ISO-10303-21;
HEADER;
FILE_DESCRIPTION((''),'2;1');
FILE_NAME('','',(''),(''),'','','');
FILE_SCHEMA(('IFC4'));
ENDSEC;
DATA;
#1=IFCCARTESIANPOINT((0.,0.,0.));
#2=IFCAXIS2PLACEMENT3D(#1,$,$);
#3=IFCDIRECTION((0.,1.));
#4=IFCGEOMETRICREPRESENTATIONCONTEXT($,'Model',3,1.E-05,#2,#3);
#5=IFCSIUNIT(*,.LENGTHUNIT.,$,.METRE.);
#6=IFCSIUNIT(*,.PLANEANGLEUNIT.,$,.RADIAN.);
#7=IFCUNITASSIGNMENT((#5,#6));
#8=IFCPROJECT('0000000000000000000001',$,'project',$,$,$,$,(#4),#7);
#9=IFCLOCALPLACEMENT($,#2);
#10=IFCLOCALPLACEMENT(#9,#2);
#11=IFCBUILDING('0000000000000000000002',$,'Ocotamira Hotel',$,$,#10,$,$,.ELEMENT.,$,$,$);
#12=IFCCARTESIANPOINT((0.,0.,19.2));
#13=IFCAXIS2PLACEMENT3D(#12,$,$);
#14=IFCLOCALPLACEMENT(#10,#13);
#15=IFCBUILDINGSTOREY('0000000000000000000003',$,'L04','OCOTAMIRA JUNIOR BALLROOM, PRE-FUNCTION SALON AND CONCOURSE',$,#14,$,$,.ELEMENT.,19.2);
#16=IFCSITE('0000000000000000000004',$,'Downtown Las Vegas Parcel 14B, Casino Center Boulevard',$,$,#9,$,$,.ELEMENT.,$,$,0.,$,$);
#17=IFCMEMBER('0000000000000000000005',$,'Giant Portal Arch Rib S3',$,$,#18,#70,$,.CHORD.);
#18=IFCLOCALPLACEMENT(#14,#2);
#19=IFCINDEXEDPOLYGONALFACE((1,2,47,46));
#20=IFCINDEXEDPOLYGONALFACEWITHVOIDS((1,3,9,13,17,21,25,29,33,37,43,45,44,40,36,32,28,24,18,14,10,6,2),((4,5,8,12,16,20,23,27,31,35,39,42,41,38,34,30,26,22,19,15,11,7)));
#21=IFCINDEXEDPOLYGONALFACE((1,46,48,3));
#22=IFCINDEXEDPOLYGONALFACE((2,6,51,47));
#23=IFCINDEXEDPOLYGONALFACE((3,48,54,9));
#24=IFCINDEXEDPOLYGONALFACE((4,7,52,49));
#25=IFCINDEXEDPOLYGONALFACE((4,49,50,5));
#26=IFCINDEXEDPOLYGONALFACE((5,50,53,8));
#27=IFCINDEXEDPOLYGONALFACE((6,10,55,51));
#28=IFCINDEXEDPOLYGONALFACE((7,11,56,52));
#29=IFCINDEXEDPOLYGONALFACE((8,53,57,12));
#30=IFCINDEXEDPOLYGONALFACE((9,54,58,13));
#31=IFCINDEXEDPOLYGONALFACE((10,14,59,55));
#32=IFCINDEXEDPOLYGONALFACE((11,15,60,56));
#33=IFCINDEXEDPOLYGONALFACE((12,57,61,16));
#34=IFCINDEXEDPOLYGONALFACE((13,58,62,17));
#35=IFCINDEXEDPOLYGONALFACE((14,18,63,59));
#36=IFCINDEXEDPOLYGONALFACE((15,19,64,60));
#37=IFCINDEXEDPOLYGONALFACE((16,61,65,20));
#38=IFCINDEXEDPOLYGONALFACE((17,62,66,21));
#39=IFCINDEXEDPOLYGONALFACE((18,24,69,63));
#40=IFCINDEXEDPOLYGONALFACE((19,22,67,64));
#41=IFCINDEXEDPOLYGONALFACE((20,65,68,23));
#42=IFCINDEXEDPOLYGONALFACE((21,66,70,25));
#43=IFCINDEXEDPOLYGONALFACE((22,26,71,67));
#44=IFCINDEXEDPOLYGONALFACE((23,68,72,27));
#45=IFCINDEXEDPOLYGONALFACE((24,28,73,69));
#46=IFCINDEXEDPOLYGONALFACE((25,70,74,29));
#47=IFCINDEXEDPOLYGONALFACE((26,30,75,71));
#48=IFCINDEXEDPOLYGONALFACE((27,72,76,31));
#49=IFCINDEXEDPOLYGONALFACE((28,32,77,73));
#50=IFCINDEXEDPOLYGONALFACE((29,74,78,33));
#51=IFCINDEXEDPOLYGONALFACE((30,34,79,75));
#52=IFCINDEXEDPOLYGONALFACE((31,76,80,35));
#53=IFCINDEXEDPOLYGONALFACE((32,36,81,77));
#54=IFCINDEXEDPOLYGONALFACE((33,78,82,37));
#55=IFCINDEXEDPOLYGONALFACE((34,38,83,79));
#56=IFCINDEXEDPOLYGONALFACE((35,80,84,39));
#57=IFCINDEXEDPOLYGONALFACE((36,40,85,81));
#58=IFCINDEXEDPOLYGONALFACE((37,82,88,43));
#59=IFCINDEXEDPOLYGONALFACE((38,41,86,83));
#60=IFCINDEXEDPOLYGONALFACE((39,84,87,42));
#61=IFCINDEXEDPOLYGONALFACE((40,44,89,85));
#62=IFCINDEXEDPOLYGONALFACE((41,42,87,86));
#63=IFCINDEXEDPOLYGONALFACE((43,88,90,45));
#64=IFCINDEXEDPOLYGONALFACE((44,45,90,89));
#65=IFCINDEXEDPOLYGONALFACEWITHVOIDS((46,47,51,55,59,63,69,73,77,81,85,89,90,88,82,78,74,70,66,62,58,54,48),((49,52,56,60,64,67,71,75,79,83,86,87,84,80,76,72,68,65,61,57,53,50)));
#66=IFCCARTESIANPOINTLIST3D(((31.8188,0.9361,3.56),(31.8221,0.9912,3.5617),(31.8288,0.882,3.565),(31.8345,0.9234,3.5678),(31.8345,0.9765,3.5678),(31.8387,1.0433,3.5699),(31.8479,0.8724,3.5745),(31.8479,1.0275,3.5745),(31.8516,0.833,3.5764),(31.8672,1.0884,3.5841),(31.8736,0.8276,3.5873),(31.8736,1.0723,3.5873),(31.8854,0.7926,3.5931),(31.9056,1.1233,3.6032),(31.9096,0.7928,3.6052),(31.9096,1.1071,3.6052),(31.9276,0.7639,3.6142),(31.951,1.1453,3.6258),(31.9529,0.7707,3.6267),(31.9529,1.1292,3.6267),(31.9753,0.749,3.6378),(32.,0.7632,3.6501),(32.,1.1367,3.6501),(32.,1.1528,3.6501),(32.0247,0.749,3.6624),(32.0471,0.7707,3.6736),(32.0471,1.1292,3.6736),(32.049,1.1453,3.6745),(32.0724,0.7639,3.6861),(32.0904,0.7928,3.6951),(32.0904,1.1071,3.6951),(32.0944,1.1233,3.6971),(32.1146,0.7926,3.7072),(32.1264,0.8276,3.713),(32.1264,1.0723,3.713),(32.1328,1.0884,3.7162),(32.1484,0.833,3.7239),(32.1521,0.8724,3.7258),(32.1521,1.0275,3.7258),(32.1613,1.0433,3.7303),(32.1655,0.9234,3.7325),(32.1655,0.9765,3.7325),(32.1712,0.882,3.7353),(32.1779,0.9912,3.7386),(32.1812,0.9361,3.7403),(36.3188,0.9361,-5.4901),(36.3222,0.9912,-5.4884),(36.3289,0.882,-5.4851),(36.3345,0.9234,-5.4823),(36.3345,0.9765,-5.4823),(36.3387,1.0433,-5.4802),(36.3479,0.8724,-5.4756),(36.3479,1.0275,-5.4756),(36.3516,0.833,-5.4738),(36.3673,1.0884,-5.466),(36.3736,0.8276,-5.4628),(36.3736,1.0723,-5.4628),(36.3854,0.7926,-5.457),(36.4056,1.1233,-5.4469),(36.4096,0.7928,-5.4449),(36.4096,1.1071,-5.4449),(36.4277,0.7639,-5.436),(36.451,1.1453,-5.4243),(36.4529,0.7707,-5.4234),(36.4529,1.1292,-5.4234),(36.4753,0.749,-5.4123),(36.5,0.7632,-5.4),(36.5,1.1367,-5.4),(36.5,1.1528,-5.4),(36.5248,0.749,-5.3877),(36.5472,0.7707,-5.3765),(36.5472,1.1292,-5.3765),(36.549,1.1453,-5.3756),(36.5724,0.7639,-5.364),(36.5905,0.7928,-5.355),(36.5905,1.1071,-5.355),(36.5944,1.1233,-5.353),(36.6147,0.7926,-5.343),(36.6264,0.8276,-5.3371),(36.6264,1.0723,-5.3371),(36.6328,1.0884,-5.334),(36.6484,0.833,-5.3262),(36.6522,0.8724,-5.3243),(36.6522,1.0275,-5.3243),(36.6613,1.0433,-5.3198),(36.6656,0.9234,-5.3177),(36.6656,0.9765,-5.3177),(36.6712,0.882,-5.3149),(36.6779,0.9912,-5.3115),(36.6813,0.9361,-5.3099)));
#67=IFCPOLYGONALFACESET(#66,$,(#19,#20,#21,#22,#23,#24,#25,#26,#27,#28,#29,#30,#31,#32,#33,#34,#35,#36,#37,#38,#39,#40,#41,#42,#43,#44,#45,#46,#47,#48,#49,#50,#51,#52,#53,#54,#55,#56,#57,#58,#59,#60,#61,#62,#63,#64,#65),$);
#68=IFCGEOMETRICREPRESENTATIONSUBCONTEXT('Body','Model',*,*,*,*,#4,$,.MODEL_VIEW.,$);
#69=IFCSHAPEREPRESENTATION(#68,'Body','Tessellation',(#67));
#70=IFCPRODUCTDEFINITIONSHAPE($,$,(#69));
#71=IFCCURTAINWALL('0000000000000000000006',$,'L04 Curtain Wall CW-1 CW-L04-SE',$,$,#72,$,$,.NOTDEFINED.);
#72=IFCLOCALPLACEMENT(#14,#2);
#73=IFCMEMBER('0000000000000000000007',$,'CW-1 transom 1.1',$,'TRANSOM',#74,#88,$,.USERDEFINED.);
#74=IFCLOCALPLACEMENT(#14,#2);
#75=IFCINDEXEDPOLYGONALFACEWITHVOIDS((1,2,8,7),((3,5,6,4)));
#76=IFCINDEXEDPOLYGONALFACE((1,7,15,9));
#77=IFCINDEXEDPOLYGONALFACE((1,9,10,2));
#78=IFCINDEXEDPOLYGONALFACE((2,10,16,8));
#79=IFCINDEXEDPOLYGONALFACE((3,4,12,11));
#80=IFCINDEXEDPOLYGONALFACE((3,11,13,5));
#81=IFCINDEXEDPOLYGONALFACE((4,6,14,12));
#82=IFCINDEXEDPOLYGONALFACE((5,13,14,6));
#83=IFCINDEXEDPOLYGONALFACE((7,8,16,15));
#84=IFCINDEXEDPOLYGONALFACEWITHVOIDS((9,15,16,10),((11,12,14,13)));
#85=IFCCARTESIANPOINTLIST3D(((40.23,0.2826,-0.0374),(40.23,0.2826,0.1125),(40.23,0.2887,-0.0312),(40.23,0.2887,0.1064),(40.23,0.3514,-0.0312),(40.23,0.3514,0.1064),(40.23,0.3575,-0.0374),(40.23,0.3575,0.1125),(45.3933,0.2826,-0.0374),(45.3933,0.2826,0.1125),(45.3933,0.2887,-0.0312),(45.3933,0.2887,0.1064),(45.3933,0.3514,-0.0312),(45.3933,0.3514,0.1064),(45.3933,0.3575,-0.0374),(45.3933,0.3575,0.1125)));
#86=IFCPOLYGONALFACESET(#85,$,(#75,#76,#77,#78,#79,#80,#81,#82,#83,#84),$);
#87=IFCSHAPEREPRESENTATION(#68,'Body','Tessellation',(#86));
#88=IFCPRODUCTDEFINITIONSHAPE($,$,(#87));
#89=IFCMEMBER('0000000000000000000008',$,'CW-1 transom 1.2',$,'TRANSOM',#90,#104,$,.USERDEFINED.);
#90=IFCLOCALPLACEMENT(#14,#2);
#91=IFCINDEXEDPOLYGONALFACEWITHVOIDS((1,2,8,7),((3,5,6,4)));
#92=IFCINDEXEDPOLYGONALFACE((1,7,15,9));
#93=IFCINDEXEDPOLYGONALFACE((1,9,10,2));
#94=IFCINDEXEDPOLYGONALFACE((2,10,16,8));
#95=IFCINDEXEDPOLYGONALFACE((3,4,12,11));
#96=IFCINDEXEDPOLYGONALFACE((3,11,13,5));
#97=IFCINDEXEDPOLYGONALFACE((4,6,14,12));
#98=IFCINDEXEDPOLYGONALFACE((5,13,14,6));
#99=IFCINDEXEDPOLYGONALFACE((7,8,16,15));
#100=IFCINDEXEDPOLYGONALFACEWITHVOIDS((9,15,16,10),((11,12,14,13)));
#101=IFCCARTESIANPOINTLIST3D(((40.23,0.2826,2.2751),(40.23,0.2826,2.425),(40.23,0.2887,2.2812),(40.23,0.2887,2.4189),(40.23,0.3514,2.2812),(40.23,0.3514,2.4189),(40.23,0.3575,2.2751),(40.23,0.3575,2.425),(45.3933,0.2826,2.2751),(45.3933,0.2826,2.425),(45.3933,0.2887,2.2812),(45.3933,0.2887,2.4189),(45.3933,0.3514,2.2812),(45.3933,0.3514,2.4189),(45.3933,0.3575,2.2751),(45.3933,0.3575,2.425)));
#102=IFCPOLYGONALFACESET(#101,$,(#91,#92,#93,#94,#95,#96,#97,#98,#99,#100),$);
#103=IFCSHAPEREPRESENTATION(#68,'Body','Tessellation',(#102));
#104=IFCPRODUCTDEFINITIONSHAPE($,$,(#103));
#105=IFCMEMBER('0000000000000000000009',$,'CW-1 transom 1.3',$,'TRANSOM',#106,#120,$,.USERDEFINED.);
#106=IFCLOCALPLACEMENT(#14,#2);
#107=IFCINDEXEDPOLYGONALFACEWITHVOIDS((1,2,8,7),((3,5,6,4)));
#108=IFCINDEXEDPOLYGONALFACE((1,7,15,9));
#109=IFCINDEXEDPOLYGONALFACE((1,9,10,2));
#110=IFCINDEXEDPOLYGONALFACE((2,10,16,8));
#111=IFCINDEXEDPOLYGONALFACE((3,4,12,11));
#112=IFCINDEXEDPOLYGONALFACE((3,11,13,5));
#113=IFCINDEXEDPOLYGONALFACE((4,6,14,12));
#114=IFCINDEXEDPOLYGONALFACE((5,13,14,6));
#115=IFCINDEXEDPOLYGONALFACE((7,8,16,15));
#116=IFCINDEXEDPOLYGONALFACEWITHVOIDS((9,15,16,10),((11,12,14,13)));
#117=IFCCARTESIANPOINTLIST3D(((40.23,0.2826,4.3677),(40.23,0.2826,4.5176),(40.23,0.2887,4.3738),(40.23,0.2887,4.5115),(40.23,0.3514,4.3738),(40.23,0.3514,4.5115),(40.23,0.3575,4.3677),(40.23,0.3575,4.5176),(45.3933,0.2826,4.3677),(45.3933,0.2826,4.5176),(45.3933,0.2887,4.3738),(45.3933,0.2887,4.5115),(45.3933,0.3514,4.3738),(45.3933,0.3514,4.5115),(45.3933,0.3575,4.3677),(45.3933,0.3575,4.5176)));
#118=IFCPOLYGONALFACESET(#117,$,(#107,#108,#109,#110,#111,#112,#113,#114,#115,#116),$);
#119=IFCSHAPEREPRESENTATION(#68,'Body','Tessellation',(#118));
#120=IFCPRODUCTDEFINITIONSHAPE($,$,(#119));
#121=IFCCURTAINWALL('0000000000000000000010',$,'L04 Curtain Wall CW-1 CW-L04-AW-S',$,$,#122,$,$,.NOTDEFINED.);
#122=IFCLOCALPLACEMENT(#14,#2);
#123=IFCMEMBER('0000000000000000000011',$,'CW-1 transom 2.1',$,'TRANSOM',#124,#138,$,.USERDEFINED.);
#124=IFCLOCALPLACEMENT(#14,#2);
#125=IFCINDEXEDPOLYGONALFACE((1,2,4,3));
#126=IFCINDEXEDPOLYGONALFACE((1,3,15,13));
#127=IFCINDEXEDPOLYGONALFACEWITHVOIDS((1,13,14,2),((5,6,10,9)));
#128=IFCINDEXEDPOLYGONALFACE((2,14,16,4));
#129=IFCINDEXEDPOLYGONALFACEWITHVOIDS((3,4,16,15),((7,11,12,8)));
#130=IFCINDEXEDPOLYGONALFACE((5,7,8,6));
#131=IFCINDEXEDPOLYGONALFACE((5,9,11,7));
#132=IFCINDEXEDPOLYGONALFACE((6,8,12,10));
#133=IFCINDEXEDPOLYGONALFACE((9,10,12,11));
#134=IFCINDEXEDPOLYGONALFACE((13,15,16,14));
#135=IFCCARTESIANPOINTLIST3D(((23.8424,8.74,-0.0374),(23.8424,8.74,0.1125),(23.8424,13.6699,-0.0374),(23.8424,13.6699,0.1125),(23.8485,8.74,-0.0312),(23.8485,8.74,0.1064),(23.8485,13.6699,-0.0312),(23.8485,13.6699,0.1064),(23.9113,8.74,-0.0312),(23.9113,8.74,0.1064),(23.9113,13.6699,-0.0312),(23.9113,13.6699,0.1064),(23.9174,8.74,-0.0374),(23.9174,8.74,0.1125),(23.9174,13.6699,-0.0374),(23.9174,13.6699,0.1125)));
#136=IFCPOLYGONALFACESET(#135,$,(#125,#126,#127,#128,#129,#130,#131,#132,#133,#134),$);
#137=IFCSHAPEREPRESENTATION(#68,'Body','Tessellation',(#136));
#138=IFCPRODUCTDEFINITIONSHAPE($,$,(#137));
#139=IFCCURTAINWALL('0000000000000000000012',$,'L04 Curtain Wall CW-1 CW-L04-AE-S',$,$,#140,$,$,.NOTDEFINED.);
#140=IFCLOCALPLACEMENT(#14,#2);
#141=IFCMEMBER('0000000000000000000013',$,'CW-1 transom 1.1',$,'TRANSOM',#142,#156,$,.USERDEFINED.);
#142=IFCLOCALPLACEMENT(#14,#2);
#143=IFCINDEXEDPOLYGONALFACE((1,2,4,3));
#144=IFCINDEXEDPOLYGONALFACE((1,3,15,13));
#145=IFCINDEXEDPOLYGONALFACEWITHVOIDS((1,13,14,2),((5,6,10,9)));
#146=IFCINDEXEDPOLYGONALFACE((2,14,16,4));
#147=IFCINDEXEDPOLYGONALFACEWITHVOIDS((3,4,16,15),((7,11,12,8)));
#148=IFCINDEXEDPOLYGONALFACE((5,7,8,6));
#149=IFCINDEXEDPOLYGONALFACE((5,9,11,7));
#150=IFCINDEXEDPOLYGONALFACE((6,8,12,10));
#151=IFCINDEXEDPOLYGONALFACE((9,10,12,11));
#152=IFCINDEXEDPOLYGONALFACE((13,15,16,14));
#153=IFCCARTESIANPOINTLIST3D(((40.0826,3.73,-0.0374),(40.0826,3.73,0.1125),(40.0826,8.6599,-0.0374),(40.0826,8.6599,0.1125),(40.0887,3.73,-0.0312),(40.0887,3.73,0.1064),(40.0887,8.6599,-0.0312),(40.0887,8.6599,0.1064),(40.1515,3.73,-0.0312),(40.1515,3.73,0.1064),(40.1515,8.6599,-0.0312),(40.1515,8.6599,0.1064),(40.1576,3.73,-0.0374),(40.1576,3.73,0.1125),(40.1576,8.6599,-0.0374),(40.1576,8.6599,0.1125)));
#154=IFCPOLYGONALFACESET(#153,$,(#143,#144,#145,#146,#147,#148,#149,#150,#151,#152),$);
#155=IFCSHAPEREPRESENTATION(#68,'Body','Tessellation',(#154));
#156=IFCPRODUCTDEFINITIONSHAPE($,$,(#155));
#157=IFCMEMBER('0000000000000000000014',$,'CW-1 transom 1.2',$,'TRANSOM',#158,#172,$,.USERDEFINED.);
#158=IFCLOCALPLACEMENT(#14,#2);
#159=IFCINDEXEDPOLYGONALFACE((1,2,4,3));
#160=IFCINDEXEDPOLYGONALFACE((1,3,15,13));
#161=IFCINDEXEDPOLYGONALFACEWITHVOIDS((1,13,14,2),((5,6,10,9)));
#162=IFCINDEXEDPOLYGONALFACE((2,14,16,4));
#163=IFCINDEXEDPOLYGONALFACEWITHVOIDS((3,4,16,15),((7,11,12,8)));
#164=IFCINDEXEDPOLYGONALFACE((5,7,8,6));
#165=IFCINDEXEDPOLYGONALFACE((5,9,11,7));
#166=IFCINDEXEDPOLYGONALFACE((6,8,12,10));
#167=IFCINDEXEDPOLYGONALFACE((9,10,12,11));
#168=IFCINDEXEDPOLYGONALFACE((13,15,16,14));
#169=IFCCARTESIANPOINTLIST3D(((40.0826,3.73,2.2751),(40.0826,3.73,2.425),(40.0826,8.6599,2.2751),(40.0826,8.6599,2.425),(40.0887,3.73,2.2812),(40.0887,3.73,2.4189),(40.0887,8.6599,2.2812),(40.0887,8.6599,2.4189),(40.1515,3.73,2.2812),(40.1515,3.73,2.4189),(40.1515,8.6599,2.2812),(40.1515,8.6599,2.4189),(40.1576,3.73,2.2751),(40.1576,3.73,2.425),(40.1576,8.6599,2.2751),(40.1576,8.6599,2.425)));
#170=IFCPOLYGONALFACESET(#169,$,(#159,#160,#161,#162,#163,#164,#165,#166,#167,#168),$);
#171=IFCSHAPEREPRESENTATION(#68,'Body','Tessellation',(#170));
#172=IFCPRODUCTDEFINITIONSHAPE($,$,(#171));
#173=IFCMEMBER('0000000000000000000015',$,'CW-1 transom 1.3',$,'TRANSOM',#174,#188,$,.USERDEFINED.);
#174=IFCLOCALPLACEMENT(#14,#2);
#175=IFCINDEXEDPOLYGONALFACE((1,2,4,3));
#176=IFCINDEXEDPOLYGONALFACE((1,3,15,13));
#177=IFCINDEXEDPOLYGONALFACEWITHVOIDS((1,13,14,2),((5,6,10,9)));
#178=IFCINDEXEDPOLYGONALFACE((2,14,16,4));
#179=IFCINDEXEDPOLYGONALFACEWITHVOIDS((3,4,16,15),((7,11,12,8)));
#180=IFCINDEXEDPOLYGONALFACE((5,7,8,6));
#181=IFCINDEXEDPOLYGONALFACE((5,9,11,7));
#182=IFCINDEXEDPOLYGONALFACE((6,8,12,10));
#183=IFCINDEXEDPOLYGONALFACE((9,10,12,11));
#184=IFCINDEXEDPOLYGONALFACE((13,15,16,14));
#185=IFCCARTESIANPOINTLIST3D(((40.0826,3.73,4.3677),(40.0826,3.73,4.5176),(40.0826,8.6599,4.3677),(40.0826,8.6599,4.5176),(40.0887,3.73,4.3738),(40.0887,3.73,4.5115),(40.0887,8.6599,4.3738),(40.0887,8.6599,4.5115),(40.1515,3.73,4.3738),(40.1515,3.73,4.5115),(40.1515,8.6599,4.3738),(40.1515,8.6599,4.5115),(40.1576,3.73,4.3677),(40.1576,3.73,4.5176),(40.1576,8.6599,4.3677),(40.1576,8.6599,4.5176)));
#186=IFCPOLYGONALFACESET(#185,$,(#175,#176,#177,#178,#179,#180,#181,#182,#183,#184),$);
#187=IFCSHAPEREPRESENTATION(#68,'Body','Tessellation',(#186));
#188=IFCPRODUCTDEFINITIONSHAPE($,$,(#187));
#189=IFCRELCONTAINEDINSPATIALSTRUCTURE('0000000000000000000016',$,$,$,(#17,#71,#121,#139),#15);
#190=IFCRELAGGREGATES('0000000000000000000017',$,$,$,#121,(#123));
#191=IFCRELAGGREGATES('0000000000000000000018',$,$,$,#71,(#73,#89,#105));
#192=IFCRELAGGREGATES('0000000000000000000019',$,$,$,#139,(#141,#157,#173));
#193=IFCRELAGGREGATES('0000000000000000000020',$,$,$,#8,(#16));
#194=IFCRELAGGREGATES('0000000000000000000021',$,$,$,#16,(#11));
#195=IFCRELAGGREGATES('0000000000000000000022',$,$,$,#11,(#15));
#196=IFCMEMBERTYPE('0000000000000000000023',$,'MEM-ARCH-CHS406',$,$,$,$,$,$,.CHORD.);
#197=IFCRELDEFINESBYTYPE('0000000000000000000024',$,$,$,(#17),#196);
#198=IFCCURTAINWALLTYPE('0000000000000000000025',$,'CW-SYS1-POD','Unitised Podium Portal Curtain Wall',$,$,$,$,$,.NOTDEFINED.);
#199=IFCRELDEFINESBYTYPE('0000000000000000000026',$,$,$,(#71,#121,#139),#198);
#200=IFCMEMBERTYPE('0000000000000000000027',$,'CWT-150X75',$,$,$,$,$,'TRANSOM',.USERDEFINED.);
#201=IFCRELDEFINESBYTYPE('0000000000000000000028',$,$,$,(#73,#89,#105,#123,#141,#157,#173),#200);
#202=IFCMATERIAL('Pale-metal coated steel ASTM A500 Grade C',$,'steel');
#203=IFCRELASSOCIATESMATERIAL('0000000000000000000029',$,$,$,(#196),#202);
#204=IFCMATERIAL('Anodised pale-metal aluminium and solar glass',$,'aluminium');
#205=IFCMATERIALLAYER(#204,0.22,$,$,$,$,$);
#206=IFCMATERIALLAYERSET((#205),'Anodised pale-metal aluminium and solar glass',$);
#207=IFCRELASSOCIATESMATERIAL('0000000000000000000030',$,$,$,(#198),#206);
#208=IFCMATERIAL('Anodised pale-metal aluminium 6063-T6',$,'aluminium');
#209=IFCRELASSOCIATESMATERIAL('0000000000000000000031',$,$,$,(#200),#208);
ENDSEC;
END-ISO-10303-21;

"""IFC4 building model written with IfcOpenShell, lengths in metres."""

from ifc_helpers import new_model, si_unit, direction, frame, origin, origin_2d, place, context, subcontext, project, spatial, hollow_rectangle, hollow_circle, extrude, source, transform, mapped, material, layer, layer_set, material_profile, profile_set, type_object, element, aggregate, save


model = new_model("IFC4")

# Units and contexts
model_context = context("Model", 3, precision=1e-05, world=origin(), true_north=direction((0.0, 1.0)))
body_context = subcontext(model_context, "Body", "Model", "MODEL_VIEW")
ifc_project = project(units=[si_unit("LENGTHUNIT", "METRE"), si_unit("PLANEANGLEUNIT", "RADIAN")], contexts=[model_context])

# Site, building, storey
site_placement = place(None, origin())
site = spatial("IfcSite", under=ifc_project, at=site_placement, Name="Downtown Las Vegas Parcel 14B, Casino Center Boulevard", CompositionType="ELEMENT", RefElevation=0.0)
building_placement = place(site_placement, origin())
building = spatial("IfcBuilding", under=site, at=building_placement, Name="Ocotamira Hotel", CompositionType="ELEMENT")
storey_placement = place(building_placement, frame((0.0, 0.0, 19.2)))
storey = spatial("IfcBuildingStorey", under=building, at=storey_placement, Name="L04", Description="OCOTAMIRA JUNIOR BALLROOM, PRE-FUNCTION SALON AND CONCOURSE", CompositionType="ELEMENT", Elevation=19.2)

# Member
ifc_material_1 = material(Name="Pale-metal coated steel ASTM A500 Grade C", Category="steel")
ifc_material_profile_1 = material_profile(ifc_material_1, hollow_circle(Radius=0.2029, WallThickness=0.0161, at=origin_2d()), Name="CHS406X16")
ifc_profile_set_1 = profile_set([ifc_material_profile_1], Name="Pale-metal coated steel ASTM A500 Grade C")
member_type_1 = type_object("IfcMemberType", Name="MEM-ARCH-CHS406", PredefinedType="CHORD", material=ifc_profile_set_1)
shared_shape_1 = source(origin(), body_context, "Body", "SweptSolid", [
    extrude(hollow_circle(Radius=0.2029, WallThickness=0.0161, at=origin_2d()), origin(), (0.0, 0.0, 1.0), 10.1072),
])
for number, where, z_axis, x_axis, name in (
    (1, (32.0, 0.95, 3.6501), (0.445232, 0.0, -0.895415), (0.0, 1.0, 0.0), "Giant Portal Arch Rib S3"),
):
    element("IfcMember", number, at=place(storey_placement, frame(where, z_axis=z_axis, x_axis=x_axis)), inside=storey, type_object=member_type_1, Name=name, PredefinedType="CHORD", context=body_context, shape_type="MappedRepresentation", body=[
        mapped(shared_shape_1, transform((0.0, 0.0, 0.0), scale=1.0)),
    ])

# Curtain wall, members
ifc_material_2 = material(Name="Anodised pale-metal aluminium and solar glass", Category="aluminium")
ifc_layer_1 = layer(ifc_material_2, 0.22)
ifc_layer_set_1 = layer_set([ifc_layer_1], Name="Anodised pale-metal aluminium and solar glass")
curtain_wall_type = type_object("IfcCurtainWallType", Name="CW-SYS1-POD", Description="Unitised Podium Portal Curtain Wall", PredefinedType="NOTDEFINED", material=ifc_layer_set_1)
curtain_wall_1_placement = place(storey_placement, origin())
curtain_wall_1 = element("IfcCurtainWall", 2, at=curtain_wall_1_placement, inside=storey, type_object=curtain_wall_type, Name="L04 Curtain Wall CW-1 CW-L04-SE", PredefinedType="NOTDEFINED")
ifc_material_3 = material(Name="Anodised pale-metal aluminium 6063-T6", Category="aluminium")
ifc_material_profile_2 = material_profile(ifc_material_3, hollow_rectangle(XDim=0.075, YDim=0.1499, WallThickness=0.0061, at=origin_2d()), Name="HSS150X75X6")
ifc_profile_set_2 = profile_set([ifc_material_profile_2], Name="Anodised pale-metal aluminium 6063-T6")
member_type_2 = type_object("IfcMemberType", Name="CWT-150X75", ElementType="TRANSOM", PredefinedType="USERDEFINED", material=ifc_profile_set_2)
shared_shape_2 = source(origin(), body_context, "Body", "SweptSolid", [
    extrude(hollow_rectangle(XDim=0.075, YDim=0.1499, WallThickness=0.0061, at=origin_2d()), origin(), (0.0, 0.0, 1.0), 5.1633),
])
member_1_placement = place(storey_placement, frame((40.23, 0.3201, 0.0376), z_axis=(1.0, 0.0, 0.0), x_axis=(0.0, 1.0, 0.0)))
member_1 = element("IfcMember", 3, at=member_1_placement, type_object=member_type_2, Name="CW-1 transom 1.1", ObjectType="TRANSOM", PredefinedType="USERDEFINED", context=body_context, shape_type="MappedRepresentation", body=[
    mapped(shared_shape_2, transform((0.0, 0.0, 0.0), scale=1.0)),
])
member_2_placement = place(storey_placement, frame((40.23, 0.3201, 2.3501), z_axis=(1.0, 0.0, 0.0), x_axis=(0.0, 1.0, 0.0)))
member_2 = element("IfcMember", 4, at=member_2_placement, type_object=member_type_2, Name="CW-1 transom 1.2", ObjectType="TRANSOM", PredefinedType="USERDEFINED", context=body_context, shape_type="MappedRepresentation", body=[
    mapped(shared_shape_2, transform((0.0, 0.0, 0.0), scale=1.0)),
])
member_3_placement = place(storey_placement, frame((40.23, 0.3201, 4.4426), z_axis=(1.0, 0.0, 0.0), x_axis=(0.0, 1.0, 0.0)))
member_3 = element("IfcMember", 5, at=member_3_placement, type_object=member_type_2, Name="CW-1 transom 1.3", ObjectType="TRANSOM", PredefinedType="USERDEFINED", context=body_context, shape_type="MappedRepresentation", body=[
    mapped(shared_shape_2, transform((0.0, 0.0, 0.0), scale=1.0)),
])

# Curtain wall, member
curtain_wall_2_placement = place(storey_placement, origin())
curtain_wall_2 = element("IfcCurtainWall", 6, at=curtain_wall_2_placement, inside=storey, type_object=curtain_wall_type, Name="L04 Curtain Wall CW-1 CW-L04-AW-S", PredefinedType="NOTDEFINED")
shared_shape_3 = source(origin(), body_context, "Body", "SweptSolid", [
    extrude(hollow_rectangle(XDim=0.075, YDim=0.1499, WallThickness=0.0061, at=origin_2d()), origin(), (0.0, 0.0, 1.0), 4.9299),
])
member_4_placement = place(storey_placement, frame((23.8799, 8.74, 0.0376), z_axis=(0.0, 1.0, 0.0), x_axis=(-1.0, 0.0, 0.0)))
member_4 = element("IfcMember", 7, at=member_4_placement, type_object=member_type_2, Name="CW-1 transom 2.1", ObjectType="TRANSOM", PredefinedType="USERDEFINED", context=body_context, shape_type="MappedRepresentation", body=[
    mapped(shared_shape_3, transform((0.0, 0.0, 0.0), scale=1.0)),
])
aggregate(curtain_wall_2, [member_4])

# Curtain wall, members
curtain_wall_3_placement = place(storey_placement, origin())
curtain_wall_3 = element("IfcCurtainWall", 8, at=curtain_wall_3_placement, inside=storey, type_object=curtain_wall_type, Name="L04 Curtain Wall CW-1 CW-L04-AE-S", PredefinedType="NOTDEFINED")
member_5_placement = place(storey_placement, frame((40.1201, 3.73, 0.0376), z_axis=(0.0, 1.0, 0.0), x_axis=(-1.0, 0.0, 0.0)))
member_5 = element("IfcMember", 9, at=member_5_placement, type_object=member_type_2, Name="CW-1 transom 1.1", ObjectType="TRANSOM", PredefinedType="USERDEFINED", context=body_context, shape_type="MappedRepresentation", body=[
    mapped(shared_shape_3, transform((0.0, 0.0, 0.0), scale=1.0)),
])
member_6_placement = place(storey_placement, frame((40.1201, 3.73, 2.3501), z_axis=(0.0, 1.0, 0.0), x_axis=(-1.0, 0.0, 0.0)))
member_6 = element("IfcMember", 10, at=member_6_placement, type_object=member_type_2, Name="CW-1 transom 1.2", ObjectType="TRANSOM", PredefinedType="USERDEFINED", context=body_context, shape_type="MappedRepresentation", body=[
    mapped(shared_shape_3, transform((0.0, 0.0, 0.0), scale=1.0)),
])
member_7_placement = place(storey_placement, frame((40.1201, 3.73, 4.4426), z_axis=(0.0, 1.0, 0.0), x_axis=(-1.0, 0.0, 0.0)))
member_7 = element("IfcMember", 11, at=member_7_placement, type_object=member_type_2, Name="CW-1 transom 1.3", ObjectType="TRANSOM", PredefinedType="USERDEFINED", context=body_context, shape_type="MappedRepresentation", body=[
    mapped(shared_shape_3, transform((0.0, 0.0, 0.0), scale=1.0)),
])

aggregate(curtain_wall_1, [member_1, member_2, member_3])

aggregate(curtain_wall_3, [member_5, member_6, member_7])

save(model, "model.ifc")
